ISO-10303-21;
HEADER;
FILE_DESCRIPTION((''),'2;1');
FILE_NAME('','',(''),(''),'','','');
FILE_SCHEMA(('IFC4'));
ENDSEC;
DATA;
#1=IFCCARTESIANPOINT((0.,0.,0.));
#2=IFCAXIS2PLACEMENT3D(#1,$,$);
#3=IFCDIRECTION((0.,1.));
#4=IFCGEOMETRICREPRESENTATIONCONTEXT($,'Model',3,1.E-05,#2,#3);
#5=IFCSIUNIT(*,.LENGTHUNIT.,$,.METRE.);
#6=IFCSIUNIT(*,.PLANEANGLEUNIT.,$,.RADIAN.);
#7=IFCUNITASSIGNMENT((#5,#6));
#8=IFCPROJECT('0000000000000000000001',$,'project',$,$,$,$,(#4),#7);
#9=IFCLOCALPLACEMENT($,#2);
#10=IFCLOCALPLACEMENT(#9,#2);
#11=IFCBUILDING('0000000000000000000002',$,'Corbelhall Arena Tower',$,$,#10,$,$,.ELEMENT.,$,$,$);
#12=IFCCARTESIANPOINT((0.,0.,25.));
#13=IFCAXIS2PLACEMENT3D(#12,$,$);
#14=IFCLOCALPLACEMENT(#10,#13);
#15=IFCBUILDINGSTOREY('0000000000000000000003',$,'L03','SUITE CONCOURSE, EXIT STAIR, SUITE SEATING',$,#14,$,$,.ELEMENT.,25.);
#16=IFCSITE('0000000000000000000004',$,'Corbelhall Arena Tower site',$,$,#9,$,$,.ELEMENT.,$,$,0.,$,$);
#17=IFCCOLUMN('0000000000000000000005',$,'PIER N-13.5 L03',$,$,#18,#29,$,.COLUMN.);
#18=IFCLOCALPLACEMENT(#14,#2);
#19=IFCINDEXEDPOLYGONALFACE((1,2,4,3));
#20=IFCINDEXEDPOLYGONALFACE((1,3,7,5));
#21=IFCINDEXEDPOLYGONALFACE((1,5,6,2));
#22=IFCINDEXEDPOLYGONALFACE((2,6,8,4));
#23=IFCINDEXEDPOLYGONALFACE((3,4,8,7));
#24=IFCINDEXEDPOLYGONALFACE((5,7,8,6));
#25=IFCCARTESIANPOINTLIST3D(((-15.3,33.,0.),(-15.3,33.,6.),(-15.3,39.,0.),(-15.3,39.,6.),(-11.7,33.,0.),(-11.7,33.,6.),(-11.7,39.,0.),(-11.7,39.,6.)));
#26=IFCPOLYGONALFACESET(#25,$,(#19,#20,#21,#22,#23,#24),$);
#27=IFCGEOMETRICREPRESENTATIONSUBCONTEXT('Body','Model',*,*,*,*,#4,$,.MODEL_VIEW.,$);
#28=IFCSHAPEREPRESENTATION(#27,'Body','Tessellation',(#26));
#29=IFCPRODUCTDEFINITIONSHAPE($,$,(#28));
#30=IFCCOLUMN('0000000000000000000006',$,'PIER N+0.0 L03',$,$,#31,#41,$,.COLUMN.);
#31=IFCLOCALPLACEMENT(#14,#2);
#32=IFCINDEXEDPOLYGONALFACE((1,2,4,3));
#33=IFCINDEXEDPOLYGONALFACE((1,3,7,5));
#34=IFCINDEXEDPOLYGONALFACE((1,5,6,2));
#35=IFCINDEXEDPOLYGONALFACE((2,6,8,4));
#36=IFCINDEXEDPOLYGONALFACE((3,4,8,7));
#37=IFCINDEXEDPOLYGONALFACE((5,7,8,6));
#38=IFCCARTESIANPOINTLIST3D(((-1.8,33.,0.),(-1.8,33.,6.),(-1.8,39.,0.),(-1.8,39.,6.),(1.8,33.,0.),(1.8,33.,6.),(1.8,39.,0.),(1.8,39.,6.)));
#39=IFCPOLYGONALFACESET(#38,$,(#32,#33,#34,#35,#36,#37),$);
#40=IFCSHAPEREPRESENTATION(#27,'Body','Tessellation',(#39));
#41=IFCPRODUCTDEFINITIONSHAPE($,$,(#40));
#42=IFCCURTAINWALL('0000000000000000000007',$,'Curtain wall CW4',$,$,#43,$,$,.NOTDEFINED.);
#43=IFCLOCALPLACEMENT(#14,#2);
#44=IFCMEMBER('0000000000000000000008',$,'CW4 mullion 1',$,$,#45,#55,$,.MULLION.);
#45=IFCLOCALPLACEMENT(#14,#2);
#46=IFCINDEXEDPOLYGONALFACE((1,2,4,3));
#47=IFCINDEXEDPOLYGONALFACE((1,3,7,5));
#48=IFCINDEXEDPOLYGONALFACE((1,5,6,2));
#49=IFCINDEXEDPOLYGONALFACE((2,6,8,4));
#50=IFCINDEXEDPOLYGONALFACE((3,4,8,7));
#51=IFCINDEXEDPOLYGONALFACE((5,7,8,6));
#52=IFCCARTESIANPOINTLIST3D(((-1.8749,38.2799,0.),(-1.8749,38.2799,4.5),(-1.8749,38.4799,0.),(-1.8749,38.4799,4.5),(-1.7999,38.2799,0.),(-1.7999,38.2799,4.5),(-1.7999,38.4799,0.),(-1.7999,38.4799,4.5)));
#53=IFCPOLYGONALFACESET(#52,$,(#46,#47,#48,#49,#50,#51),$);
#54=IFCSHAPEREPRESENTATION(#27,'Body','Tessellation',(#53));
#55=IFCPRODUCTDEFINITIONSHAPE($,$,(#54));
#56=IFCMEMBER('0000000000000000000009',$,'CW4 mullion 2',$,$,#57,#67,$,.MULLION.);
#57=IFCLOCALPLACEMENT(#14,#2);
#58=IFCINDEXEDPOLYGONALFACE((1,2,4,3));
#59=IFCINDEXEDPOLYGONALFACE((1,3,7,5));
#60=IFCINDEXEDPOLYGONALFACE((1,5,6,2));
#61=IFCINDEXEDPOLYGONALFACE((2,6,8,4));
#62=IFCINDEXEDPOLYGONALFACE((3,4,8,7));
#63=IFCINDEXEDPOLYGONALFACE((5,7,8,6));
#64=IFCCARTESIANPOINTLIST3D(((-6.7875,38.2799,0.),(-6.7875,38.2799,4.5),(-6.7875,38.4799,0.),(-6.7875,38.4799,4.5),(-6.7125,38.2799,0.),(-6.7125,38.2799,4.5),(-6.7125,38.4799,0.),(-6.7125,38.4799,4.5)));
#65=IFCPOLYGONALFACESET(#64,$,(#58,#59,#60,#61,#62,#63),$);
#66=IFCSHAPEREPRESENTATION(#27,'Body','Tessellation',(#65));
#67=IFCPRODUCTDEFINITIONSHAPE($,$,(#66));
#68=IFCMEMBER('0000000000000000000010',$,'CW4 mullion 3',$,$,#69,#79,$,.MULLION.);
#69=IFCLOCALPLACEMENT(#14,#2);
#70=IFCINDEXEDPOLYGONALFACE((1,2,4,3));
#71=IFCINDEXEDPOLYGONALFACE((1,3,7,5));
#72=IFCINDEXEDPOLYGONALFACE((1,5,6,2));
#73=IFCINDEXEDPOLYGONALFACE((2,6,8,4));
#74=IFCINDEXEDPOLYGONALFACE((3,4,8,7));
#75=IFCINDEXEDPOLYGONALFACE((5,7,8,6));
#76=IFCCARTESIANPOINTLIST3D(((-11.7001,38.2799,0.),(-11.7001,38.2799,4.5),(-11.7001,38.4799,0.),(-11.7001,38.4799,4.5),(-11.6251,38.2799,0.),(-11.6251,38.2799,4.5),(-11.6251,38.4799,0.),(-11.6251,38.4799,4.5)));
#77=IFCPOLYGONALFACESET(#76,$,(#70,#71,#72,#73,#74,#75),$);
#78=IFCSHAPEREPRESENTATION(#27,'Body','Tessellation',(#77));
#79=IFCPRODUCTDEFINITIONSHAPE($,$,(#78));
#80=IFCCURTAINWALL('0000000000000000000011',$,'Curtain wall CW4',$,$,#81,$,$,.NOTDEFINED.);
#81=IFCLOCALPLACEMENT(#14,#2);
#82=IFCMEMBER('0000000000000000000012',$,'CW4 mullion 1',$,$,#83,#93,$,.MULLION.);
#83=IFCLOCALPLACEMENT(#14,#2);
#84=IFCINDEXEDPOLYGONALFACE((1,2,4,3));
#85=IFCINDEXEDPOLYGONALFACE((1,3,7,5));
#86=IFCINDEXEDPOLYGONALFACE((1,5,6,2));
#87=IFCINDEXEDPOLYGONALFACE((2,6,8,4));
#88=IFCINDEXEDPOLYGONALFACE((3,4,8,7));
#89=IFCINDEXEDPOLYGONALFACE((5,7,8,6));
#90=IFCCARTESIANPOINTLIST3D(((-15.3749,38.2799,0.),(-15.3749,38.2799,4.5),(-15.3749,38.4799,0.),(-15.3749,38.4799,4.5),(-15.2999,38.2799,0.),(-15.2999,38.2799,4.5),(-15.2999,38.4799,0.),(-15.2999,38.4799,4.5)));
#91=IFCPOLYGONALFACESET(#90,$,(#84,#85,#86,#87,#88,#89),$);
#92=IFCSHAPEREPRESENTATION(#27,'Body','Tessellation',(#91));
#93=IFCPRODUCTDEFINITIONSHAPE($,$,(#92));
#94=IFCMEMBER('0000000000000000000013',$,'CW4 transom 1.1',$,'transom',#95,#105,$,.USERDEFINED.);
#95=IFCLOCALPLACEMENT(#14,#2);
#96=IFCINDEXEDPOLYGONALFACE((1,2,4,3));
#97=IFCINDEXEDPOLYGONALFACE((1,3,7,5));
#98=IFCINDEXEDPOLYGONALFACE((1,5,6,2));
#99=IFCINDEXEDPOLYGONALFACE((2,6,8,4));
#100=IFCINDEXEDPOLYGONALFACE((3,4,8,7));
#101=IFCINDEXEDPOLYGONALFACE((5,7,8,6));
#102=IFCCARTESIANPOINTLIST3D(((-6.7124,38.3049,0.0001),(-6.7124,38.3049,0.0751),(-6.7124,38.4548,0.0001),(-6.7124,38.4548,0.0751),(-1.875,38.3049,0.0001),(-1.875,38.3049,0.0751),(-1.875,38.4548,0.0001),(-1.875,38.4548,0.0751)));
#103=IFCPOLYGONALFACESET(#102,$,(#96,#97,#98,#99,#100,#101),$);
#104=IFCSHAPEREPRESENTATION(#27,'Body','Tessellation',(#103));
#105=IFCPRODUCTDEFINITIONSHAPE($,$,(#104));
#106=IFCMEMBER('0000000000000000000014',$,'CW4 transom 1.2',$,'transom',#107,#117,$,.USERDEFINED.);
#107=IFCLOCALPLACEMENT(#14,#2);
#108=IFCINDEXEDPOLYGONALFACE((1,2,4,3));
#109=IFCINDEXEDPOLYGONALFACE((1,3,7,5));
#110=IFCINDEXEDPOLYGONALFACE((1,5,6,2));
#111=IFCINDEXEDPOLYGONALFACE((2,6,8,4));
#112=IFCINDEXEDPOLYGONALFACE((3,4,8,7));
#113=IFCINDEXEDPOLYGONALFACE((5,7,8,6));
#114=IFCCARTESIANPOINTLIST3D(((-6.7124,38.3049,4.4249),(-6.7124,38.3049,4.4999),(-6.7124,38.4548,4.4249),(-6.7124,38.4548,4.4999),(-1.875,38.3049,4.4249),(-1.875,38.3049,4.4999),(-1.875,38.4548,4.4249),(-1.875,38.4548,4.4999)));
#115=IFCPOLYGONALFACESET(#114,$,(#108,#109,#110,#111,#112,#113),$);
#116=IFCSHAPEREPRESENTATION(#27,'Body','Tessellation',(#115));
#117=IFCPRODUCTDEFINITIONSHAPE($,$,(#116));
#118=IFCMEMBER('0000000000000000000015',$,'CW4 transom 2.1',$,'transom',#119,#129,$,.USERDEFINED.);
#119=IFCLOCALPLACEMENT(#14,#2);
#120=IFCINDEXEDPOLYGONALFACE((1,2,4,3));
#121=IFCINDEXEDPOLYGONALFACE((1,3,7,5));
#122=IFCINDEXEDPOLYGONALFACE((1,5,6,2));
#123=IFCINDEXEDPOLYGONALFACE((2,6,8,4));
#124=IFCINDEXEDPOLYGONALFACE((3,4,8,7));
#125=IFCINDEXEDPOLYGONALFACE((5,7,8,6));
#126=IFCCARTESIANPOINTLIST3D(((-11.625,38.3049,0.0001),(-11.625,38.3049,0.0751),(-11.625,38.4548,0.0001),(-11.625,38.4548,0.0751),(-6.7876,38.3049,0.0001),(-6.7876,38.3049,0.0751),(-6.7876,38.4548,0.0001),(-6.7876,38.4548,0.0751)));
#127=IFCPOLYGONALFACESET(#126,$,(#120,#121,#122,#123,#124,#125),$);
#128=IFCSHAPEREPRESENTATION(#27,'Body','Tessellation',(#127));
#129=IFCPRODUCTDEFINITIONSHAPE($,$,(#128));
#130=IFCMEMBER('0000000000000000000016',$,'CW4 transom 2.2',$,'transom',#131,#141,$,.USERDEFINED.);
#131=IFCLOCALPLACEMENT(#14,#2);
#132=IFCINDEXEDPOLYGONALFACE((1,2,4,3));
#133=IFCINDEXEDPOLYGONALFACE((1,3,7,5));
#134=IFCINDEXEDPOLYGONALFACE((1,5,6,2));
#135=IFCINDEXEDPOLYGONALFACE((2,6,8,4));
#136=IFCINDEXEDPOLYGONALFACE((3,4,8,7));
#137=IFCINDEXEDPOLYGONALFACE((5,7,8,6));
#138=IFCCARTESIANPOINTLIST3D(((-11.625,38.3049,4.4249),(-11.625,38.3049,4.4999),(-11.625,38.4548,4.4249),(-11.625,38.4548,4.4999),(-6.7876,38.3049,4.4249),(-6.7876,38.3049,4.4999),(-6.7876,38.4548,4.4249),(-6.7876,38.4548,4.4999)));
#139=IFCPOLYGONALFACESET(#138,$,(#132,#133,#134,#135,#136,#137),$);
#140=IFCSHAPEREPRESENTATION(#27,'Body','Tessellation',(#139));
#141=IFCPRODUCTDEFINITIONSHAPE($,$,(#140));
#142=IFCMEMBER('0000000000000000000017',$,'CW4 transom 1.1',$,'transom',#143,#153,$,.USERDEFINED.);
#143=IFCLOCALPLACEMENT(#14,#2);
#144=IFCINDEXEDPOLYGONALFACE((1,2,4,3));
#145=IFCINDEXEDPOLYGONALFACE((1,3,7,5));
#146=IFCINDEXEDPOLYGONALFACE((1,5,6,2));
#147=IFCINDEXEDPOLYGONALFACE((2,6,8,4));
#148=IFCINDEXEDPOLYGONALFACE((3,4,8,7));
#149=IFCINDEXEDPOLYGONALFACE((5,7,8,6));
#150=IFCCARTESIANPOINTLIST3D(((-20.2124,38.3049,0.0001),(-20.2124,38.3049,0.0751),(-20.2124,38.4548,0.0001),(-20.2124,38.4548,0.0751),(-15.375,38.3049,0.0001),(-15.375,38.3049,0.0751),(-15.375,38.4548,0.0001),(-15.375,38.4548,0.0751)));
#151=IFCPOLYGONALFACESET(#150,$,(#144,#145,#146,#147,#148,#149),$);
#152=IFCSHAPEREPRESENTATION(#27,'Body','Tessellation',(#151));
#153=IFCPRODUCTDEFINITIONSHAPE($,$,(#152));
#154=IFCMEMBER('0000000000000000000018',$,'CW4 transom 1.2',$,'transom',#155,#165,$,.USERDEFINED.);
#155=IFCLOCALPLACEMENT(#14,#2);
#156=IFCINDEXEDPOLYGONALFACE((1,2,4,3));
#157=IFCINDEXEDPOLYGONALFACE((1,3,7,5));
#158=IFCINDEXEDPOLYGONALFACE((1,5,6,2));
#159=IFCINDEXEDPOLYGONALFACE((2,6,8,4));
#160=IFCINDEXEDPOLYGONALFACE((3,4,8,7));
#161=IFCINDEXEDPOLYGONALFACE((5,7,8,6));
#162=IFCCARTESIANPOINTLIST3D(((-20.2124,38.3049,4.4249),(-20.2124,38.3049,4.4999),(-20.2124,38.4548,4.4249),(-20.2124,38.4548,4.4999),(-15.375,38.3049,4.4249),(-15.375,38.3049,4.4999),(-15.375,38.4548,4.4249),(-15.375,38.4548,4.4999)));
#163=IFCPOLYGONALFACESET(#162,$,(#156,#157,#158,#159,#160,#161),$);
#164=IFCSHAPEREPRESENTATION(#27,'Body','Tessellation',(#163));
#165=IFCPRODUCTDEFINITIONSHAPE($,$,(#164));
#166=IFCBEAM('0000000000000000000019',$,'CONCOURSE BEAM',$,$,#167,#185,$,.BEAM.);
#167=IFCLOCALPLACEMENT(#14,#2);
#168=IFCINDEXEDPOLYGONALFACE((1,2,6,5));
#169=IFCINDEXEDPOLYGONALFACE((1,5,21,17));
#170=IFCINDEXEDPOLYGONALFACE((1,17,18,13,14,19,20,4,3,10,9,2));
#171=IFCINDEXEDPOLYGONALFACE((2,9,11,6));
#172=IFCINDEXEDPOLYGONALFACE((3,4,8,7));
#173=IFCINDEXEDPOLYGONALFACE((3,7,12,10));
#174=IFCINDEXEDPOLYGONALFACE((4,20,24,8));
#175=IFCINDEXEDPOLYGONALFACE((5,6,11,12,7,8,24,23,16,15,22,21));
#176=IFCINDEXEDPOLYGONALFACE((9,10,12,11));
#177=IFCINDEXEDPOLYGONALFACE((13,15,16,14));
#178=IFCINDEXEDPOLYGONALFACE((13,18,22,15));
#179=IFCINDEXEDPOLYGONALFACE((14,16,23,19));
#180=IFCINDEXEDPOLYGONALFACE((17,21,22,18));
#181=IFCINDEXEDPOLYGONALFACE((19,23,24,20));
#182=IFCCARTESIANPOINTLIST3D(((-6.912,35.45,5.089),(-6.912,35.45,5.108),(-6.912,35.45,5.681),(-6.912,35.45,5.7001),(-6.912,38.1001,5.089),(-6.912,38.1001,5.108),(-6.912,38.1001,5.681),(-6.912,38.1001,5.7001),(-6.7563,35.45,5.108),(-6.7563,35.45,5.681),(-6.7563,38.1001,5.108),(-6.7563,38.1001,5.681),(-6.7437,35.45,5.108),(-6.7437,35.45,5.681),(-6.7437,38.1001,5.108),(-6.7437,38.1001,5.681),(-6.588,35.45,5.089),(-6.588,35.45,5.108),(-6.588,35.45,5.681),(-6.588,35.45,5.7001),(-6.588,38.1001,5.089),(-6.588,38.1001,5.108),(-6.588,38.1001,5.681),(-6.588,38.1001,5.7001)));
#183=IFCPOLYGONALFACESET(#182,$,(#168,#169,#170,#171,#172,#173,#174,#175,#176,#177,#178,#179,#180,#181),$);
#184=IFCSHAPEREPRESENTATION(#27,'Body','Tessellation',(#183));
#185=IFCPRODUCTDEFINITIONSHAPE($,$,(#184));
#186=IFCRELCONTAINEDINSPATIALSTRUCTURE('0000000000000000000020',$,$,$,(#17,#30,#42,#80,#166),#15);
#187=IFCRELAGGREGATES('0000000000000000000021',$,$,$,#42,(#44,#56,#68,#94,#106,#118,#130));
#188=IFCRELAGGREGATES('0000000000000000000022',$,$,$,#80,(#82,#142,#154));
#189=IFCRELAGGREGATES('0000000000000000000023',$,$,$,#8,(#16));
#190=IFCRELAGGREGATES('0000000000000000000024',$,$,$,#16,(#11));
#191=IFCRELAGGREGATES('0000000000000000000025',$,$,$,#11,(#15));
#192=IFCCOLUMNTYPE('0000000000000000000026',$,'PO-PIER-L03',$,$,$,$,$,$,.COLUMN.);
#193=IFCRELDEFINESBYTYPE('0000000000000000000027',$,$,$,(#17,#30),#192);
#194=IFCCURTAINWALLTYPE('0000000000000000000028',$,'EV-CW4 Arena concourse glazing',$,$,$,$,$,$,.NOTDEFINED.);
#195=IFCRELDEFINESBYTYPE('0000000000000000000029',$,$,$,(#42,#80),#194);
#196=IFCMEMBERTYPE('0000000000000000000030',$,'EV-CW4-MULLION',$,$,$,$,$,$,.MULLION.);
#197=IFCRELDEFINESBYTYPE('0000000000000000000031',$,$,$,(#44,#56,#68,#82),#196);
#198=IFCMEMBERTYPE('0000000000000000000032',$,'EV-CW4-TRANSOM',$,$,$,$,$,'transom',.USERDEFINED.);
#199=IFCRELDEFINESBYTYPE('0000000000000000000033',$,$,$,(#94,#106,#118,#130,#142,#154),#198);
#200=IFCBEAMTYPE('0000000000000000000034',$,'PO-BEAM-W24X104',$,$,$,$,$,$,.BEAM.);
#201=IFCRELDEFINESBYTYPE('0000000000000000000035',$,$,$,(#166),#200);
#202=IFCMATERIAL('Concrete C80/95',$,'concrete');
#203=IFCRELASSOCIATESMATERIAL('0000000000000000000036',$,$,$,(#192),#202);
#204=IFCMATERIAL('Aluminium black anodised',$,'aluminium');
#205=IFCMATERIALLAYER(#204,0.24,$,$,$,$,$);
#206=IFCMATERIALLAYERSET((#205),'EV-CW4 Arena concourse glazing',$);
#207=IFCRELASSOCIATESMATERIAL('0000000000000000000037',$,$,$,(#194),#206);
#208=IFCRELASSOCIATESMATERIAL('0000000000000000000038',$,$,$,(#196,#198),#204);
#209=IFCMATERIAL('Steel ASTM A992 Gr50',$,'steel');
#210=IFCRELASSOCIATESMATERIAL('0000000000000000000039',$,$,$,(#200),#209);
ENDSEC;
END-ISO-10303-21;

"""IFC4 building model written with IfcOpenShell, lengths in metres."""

from ifc_helpers import new_model, si_unit, direction, frame, origin, origin_2d, place, context, subcontext, project, spatial, rectangle, i_section, extrude, material, layer, layer_set, material_profile, profile_set, type_object, element, aggregate, save


model = new_model("IFC4")

# Units and contexts
model_context = context("Model", 3, precision=1e-05, world=origin(), true_north=direction((0.0, 1.0)))
body_context = subcontext(model_context, "Body", "Model", "MODEL_VIEW")
ifc_project = project(units=[si_unit("LENGTHUNIT", "METRE"), si_unit("PLANEANGLEUNIT", "RADIAN")], contexts=[model_context])

# Site, building, storey
site_placement = place(None, origin())
site = spatial("IfcSite", under=ifc_project, at=site_placement, Name="Corbelhall Arena Tower site", CompositionType="ELEMENT", RefElevation=0.0)
building_placement = place(site_placement, origin())
building = spatial("IfcBuilding", under=site, at=building_placement, Name="Corbelhall Arena Tower", CompositionType="ELEMENT")
storey_placement = place(building_placement, frame((0.0, 0.0, 25.0)))
storey = spatial("IfcBuildingStorey", under=building, at=storey_placement, Name="L03", Description="SUITE CONCOURSE, EXIT STAIR, SUITE SEATING", CompositionType="ELEMENT", Elevation=25.0)

# Columns
ifc_material_1 = material(Name="Concrete C80/95", Category="concrete")
ifc_material_profile_1 = material_profile(ifc_material_1, rectangle(XDim=3.6001, YDim=6.0, at=origin_2d()))
ifc_profile_set_1 = profile_set([ifc_material_profile_1], Name="Concrete C80/95")
column_type = type_object("IfcColumnType", Name="PO-PIER-L03", PredefinedType="COLUMN", material=ifc_profile_set_1)
for number, where, z_axis, x_axis, name in (
    (1, (-13.5, 36.0, 0.0), (0.0, 0.0, 1.0), (1.0, 0.0, 0.0), "PIER N-13.5 L03"),
    (2, (0.0, 36.0, 0.0), (0.0, 0.0, 1.0), (1.0, 0.0, 0.0), "PIER N+0.0 L03"),
):
    element("IfcColumn", number, at=place(storey_placement, frame(where, z_axis=z_axis, x_axis=x_axis)), inside=storey, type_object=column_type, Name=name, PredefinedType="COLUMN", context=body_context, shape_type="SweptSolid", body=[
        extrude(rectangle(XDim=3.6001, YDim=6.0, at=origin_2d()), origin(), (0.0, 0.0, 1.0), 6.0),
    ])

# Curtain wall, members
ifc_material_2 = material(Name="Aluminium black anodised", Category="aluminium")
ifc_layer_1 = layer(ifc_material_2, 0.24)
ifc_layer_set_1 = layer_set([ifc_layer_1], Name="EV-CW4 Arena concourse glazing")
curtain_wall_type = type_object("IfcCurtainWallType", Name="EV-CW4 Arena concourse glazing", PredefinedType="NOTDEFINED", material=ifc_layer_set_1)
curtain_wall_1_placement = place(storey_placement, origin())
curtain_wall_1 = element("IfcCurtainWall", 3, at=curtain_wall_1_placement, inside=storey, type_object=curtain_wall_type, Name="Curtain wall CW4", PredefinedType="NOTDEFINED")
ifc_material_profile_2 = material_profile(ifc_material_2, rectangle(XDim=0.2, YDim=0.075, at=origin_2d()))
ifc_profile_set_2 = profile_set([ifc_material_profile_2], Name="Aluminium black anodised")
member_type_1 = type_object("IfcMemberType", Name="EV-CW4-MULLION", PredefinedType="MULLION", material=ifc_profile_set_2)
member_1_placement = place(storey_placement, frame((-1.8374, 38.3799, 0.0), z_axis=(0.0, 0.0, 1.0), x_axis=(0.0, -1.0, 0.0)))
member_1 = element("IfcMember", 4, at=member_1_placement, type_object=member_type_1, Name="CW4 mullion 1", PredefinedType="MULLION", context=body_context, shape_type="SweptSolid", body=[
    extrude(rectangle(XDim=0.2, YDim=0.075, at=origin_2d()), origin(), (0.0, 0.0, 1.0), 4.5),
])
member_2_placement = place(storey_placement, frame((-6.75, 38.3799, 0.0), z_axis=(0.0, 0.0, 1.0), x_axis=(0.0, -1.0, 0.0)))
member_2 = element("IfcMember", 5, at=member_2_placement, type_object=member_type_1, Name="CW4 mullion 2", PredefinedType="MULLION", context=body_context, shape_type="SweptSolid", body=[
    extrude(rectangle(XDim=0.2, YDim=0.075, at=origin_2d()), origin(), (0.0, 0.0, 1.0), 4.5),
])
member_3_placement = place(storey_placement, frame((-11.6626, 38.3799, 0.0), z_axis=(0.0, 0.0, 1.0), x_axis=(0.0, -1.0, 0.0)))
member_3 = element("IfcMember", 6, at=member_3_placement, type_object=member_type_1, Name="CW4 mullion 3", PredefinedType="MULLION", context=body_context, shape_type="SweptSolid", body=[
    extrude(rectangle(XDim=0.2, YDim=0.075, at=origin_2d()), origin(), (0.0, 0.0, 1.0), 4.5),
])

# Curtain wall, member
curtain_wall_2_placement = place(storey_placement, origin())
curtain_wall_2 = element("IfcCurtainWall", 7, at=curtain_wall_2_placement, inside=storey, type_object=curtain_wall_type, Name="Curtain wall CW4", PredefinedType="NOTDEFINED")
member_4_placement = place(storey_placement, frame((-15.3374, 38.3799, 0.0), z_axis=(0.0, 0.0, 1.0), x_axis=(0.0, -1.0, 0.0)))
member_4 = element("IfcMember", 8, at=member_4_placement, type_object=member_type_1, Name="CW4 mullion 1", PredefinedType="MULLION", context=body_context, shape_type="SweptSolid", body=[
    extrude(rectangle(XDim=0.2, YDim=0.075, at=origin_2d()), origin(), (0.0, 0.0, 1.0), 4.5),
])

# Members
ifc_material_profile_3 = material_profile(ifc_material_2, rectangle(XDim=0.1499, YDim=0.075, at=origin_2d()))
ifc_profile_set_3 = profile_set([ifc_material_profile_3], Name="Aluminium black anodised")
member_type_2 = type_object("IfcMemberType", Name="EV-CW4-TRANSOM", ElementType="transom", PredefinedType="USERDEFINED", material=ifc_profile_set_3)
member_5_placement = place(storey_placement, frame((-1.875, 38.3799, 0.0376), z_axis=(-1.0, 0.0, 0.0), x_axis=(0.0, -1.0, 0.0)))
member_5 = element("IfcMember", 9, at=member_5_placement, type_object=member_type_2, Name="CW4 transom 1.1", ObjectType="transom", PredefinedType="USERDEFINED", context=body_context, shape_type="SweptSolid", body=[
    extrude(rectangle(XDim=0.1499, YDim=0.075, at=origin_2d()), origin(), (0.0, 0.0, 1.0), 4.8374),
])
member_6_placement = place(storey_placement, frame((-1.875, 38.3799, 4.4624), z_axis=(-1.0, 0.0, 0.0), x_axis=(0.0, -1.0, 0.0)))
member_6 = element("IfcMember", 10, at=member_6_placement, type_object=member_type_2, Name="CW4 transom 1.2", ObjectType="transom", PredefinedType="USERDEFINED", context=body_context, shape_type="SweptSolid", body=[
    extrude(rectangle(XDim=0.1499, YDim=0.075, at=origin_2d()), origin(), (0.0, 0.0, 1.0), 4.8374),
])
member_7_placement = place(storey_placement, frame((-6.7876, 38.3799, 0.0376), z_axis=(-1.0, 0.0, 0.0), x_axis=(0.0, -1.0, 0.0)))
member_7 = element("IfcMember", 11, at=member_7_placement, type_object=member_type_2, Name="CW4 transom 2.1", ObjectType="transom", PredefinedType="USERDEFINED", context=body_context, shape_type="SweptSolid", body=[
    extrude(rectangle(XDim=0.1499, YDim=0.075, at=origin_2d()), origin(), (0.0, 0.0, 1.0), 4.8374),
])
member_8_placement = place(storey_placement, frame((-6.7876, 38.3799, 4.4624), z_axis=(-1.0, 0.0, 0.0), x_axis=(0.0, -1.0, 0.0)))
member_8 = element("IfcMember", 12, at=member_8_placement, type_object=member_type_2, Name="CW4 transom 2.2", ObjectType="transom", PredefinedType="USERDEFINED", context=body_context, shape_type="SweptSolid", body=[
    extrude(rectangle(XDim=0.1499, YDim=0.075, at=origin_2d()), origin(), (0.0, 0.0, 1.0), 4.8374),
])
member_9_placement = place(storey_placement, frame((-15.375, 38.3799, 0.0376), z_axis=(-1.0, 0.0, 0.0), x_axis=(0.0, -1.0, 0.0)))
member_9 = element("IfcMember", 13, at=member_9_placement, type_object=member_type_2, Name="CW4 transom 1.1", ObjectType="transom", PredefinedType="USERDEFINED", context=body_context, shape_type="SweptSolid", body=[
    extrude(rectangle(XDim=0.1499, YDim=0.075, at=origin_2d()), origin(), (0.0, 0.0, 1.0), 4.8374),
])
member_10_placement = place(storey_placement, frame((-15.375, 38.3799, 4.4624), z_axis=(-1.0, 0.0, 0.0), x_axis=(0.0, -1.0, 0.0)))
member_10 = element("IfcMember", 14, at=member_10_placement, type_object=member_type_2, Name="CW4 transom 1.2", ObjectType="transom", PredefinedType="USERDEFINED", context=body_context, shape_type="SweptSolid", body=[
    extrude(rectangle(XDim=0.1499, YDim=0.075, at=origin_2d()), origin(), (0.0, 0.0, 1.0), 4.8374),
])

# Beam
ifc_material_3 = material(Name="Steel ASTM A992 Gr50", Category="steel")
ifc_material_profile_4 = material_profile(ifc_material_3, i_section(OverallWidth=0.324, OverallDepth=0.6111, WebThickness=0.0127, FlangeThickness=0.019, at=origin_2d()))
ifc_profile_set_4 = profile_set([ifc_material_profile_4], Name="Steel ASTM A992 Gr50")
beam_type_1 = type_object("IfcBeamType", Name="PO-BEAM-W24X104", PredefinedType="BEAM", material=ifc_profile_set_4)
beam_1_placement = place(storey_placement, frame((-6.75, 35.45, 5.3945), z_axis=(0.0, 1.0, 0.0), x_axis=(-1.0, 0.0, 0.0)))
element("IfcBeam", 15, at=beam_1_placement, inside=storey, type_object=beam_type_1, Name="CONCOURSE BEAM", PredefinedType="BEAM", context=body_context, shape_type="SweptSolid", body=[
    extrude(i_section(OverallWidth=0.324, OverallDepth=0.6111, WebThickness=0.0127, FlangeThickness=0.019, at=origin_2d()), origin(), (0.0, 0.0, 1.0), 2.6501),
])

aggregate(curtain_wall_1, [member_1, member_2, member_3, member_5, member_6, member_7, member_8])
aggregate(curtain_wall_2, [member_4, member_9, member_10])

save(model, "model.ifc")
